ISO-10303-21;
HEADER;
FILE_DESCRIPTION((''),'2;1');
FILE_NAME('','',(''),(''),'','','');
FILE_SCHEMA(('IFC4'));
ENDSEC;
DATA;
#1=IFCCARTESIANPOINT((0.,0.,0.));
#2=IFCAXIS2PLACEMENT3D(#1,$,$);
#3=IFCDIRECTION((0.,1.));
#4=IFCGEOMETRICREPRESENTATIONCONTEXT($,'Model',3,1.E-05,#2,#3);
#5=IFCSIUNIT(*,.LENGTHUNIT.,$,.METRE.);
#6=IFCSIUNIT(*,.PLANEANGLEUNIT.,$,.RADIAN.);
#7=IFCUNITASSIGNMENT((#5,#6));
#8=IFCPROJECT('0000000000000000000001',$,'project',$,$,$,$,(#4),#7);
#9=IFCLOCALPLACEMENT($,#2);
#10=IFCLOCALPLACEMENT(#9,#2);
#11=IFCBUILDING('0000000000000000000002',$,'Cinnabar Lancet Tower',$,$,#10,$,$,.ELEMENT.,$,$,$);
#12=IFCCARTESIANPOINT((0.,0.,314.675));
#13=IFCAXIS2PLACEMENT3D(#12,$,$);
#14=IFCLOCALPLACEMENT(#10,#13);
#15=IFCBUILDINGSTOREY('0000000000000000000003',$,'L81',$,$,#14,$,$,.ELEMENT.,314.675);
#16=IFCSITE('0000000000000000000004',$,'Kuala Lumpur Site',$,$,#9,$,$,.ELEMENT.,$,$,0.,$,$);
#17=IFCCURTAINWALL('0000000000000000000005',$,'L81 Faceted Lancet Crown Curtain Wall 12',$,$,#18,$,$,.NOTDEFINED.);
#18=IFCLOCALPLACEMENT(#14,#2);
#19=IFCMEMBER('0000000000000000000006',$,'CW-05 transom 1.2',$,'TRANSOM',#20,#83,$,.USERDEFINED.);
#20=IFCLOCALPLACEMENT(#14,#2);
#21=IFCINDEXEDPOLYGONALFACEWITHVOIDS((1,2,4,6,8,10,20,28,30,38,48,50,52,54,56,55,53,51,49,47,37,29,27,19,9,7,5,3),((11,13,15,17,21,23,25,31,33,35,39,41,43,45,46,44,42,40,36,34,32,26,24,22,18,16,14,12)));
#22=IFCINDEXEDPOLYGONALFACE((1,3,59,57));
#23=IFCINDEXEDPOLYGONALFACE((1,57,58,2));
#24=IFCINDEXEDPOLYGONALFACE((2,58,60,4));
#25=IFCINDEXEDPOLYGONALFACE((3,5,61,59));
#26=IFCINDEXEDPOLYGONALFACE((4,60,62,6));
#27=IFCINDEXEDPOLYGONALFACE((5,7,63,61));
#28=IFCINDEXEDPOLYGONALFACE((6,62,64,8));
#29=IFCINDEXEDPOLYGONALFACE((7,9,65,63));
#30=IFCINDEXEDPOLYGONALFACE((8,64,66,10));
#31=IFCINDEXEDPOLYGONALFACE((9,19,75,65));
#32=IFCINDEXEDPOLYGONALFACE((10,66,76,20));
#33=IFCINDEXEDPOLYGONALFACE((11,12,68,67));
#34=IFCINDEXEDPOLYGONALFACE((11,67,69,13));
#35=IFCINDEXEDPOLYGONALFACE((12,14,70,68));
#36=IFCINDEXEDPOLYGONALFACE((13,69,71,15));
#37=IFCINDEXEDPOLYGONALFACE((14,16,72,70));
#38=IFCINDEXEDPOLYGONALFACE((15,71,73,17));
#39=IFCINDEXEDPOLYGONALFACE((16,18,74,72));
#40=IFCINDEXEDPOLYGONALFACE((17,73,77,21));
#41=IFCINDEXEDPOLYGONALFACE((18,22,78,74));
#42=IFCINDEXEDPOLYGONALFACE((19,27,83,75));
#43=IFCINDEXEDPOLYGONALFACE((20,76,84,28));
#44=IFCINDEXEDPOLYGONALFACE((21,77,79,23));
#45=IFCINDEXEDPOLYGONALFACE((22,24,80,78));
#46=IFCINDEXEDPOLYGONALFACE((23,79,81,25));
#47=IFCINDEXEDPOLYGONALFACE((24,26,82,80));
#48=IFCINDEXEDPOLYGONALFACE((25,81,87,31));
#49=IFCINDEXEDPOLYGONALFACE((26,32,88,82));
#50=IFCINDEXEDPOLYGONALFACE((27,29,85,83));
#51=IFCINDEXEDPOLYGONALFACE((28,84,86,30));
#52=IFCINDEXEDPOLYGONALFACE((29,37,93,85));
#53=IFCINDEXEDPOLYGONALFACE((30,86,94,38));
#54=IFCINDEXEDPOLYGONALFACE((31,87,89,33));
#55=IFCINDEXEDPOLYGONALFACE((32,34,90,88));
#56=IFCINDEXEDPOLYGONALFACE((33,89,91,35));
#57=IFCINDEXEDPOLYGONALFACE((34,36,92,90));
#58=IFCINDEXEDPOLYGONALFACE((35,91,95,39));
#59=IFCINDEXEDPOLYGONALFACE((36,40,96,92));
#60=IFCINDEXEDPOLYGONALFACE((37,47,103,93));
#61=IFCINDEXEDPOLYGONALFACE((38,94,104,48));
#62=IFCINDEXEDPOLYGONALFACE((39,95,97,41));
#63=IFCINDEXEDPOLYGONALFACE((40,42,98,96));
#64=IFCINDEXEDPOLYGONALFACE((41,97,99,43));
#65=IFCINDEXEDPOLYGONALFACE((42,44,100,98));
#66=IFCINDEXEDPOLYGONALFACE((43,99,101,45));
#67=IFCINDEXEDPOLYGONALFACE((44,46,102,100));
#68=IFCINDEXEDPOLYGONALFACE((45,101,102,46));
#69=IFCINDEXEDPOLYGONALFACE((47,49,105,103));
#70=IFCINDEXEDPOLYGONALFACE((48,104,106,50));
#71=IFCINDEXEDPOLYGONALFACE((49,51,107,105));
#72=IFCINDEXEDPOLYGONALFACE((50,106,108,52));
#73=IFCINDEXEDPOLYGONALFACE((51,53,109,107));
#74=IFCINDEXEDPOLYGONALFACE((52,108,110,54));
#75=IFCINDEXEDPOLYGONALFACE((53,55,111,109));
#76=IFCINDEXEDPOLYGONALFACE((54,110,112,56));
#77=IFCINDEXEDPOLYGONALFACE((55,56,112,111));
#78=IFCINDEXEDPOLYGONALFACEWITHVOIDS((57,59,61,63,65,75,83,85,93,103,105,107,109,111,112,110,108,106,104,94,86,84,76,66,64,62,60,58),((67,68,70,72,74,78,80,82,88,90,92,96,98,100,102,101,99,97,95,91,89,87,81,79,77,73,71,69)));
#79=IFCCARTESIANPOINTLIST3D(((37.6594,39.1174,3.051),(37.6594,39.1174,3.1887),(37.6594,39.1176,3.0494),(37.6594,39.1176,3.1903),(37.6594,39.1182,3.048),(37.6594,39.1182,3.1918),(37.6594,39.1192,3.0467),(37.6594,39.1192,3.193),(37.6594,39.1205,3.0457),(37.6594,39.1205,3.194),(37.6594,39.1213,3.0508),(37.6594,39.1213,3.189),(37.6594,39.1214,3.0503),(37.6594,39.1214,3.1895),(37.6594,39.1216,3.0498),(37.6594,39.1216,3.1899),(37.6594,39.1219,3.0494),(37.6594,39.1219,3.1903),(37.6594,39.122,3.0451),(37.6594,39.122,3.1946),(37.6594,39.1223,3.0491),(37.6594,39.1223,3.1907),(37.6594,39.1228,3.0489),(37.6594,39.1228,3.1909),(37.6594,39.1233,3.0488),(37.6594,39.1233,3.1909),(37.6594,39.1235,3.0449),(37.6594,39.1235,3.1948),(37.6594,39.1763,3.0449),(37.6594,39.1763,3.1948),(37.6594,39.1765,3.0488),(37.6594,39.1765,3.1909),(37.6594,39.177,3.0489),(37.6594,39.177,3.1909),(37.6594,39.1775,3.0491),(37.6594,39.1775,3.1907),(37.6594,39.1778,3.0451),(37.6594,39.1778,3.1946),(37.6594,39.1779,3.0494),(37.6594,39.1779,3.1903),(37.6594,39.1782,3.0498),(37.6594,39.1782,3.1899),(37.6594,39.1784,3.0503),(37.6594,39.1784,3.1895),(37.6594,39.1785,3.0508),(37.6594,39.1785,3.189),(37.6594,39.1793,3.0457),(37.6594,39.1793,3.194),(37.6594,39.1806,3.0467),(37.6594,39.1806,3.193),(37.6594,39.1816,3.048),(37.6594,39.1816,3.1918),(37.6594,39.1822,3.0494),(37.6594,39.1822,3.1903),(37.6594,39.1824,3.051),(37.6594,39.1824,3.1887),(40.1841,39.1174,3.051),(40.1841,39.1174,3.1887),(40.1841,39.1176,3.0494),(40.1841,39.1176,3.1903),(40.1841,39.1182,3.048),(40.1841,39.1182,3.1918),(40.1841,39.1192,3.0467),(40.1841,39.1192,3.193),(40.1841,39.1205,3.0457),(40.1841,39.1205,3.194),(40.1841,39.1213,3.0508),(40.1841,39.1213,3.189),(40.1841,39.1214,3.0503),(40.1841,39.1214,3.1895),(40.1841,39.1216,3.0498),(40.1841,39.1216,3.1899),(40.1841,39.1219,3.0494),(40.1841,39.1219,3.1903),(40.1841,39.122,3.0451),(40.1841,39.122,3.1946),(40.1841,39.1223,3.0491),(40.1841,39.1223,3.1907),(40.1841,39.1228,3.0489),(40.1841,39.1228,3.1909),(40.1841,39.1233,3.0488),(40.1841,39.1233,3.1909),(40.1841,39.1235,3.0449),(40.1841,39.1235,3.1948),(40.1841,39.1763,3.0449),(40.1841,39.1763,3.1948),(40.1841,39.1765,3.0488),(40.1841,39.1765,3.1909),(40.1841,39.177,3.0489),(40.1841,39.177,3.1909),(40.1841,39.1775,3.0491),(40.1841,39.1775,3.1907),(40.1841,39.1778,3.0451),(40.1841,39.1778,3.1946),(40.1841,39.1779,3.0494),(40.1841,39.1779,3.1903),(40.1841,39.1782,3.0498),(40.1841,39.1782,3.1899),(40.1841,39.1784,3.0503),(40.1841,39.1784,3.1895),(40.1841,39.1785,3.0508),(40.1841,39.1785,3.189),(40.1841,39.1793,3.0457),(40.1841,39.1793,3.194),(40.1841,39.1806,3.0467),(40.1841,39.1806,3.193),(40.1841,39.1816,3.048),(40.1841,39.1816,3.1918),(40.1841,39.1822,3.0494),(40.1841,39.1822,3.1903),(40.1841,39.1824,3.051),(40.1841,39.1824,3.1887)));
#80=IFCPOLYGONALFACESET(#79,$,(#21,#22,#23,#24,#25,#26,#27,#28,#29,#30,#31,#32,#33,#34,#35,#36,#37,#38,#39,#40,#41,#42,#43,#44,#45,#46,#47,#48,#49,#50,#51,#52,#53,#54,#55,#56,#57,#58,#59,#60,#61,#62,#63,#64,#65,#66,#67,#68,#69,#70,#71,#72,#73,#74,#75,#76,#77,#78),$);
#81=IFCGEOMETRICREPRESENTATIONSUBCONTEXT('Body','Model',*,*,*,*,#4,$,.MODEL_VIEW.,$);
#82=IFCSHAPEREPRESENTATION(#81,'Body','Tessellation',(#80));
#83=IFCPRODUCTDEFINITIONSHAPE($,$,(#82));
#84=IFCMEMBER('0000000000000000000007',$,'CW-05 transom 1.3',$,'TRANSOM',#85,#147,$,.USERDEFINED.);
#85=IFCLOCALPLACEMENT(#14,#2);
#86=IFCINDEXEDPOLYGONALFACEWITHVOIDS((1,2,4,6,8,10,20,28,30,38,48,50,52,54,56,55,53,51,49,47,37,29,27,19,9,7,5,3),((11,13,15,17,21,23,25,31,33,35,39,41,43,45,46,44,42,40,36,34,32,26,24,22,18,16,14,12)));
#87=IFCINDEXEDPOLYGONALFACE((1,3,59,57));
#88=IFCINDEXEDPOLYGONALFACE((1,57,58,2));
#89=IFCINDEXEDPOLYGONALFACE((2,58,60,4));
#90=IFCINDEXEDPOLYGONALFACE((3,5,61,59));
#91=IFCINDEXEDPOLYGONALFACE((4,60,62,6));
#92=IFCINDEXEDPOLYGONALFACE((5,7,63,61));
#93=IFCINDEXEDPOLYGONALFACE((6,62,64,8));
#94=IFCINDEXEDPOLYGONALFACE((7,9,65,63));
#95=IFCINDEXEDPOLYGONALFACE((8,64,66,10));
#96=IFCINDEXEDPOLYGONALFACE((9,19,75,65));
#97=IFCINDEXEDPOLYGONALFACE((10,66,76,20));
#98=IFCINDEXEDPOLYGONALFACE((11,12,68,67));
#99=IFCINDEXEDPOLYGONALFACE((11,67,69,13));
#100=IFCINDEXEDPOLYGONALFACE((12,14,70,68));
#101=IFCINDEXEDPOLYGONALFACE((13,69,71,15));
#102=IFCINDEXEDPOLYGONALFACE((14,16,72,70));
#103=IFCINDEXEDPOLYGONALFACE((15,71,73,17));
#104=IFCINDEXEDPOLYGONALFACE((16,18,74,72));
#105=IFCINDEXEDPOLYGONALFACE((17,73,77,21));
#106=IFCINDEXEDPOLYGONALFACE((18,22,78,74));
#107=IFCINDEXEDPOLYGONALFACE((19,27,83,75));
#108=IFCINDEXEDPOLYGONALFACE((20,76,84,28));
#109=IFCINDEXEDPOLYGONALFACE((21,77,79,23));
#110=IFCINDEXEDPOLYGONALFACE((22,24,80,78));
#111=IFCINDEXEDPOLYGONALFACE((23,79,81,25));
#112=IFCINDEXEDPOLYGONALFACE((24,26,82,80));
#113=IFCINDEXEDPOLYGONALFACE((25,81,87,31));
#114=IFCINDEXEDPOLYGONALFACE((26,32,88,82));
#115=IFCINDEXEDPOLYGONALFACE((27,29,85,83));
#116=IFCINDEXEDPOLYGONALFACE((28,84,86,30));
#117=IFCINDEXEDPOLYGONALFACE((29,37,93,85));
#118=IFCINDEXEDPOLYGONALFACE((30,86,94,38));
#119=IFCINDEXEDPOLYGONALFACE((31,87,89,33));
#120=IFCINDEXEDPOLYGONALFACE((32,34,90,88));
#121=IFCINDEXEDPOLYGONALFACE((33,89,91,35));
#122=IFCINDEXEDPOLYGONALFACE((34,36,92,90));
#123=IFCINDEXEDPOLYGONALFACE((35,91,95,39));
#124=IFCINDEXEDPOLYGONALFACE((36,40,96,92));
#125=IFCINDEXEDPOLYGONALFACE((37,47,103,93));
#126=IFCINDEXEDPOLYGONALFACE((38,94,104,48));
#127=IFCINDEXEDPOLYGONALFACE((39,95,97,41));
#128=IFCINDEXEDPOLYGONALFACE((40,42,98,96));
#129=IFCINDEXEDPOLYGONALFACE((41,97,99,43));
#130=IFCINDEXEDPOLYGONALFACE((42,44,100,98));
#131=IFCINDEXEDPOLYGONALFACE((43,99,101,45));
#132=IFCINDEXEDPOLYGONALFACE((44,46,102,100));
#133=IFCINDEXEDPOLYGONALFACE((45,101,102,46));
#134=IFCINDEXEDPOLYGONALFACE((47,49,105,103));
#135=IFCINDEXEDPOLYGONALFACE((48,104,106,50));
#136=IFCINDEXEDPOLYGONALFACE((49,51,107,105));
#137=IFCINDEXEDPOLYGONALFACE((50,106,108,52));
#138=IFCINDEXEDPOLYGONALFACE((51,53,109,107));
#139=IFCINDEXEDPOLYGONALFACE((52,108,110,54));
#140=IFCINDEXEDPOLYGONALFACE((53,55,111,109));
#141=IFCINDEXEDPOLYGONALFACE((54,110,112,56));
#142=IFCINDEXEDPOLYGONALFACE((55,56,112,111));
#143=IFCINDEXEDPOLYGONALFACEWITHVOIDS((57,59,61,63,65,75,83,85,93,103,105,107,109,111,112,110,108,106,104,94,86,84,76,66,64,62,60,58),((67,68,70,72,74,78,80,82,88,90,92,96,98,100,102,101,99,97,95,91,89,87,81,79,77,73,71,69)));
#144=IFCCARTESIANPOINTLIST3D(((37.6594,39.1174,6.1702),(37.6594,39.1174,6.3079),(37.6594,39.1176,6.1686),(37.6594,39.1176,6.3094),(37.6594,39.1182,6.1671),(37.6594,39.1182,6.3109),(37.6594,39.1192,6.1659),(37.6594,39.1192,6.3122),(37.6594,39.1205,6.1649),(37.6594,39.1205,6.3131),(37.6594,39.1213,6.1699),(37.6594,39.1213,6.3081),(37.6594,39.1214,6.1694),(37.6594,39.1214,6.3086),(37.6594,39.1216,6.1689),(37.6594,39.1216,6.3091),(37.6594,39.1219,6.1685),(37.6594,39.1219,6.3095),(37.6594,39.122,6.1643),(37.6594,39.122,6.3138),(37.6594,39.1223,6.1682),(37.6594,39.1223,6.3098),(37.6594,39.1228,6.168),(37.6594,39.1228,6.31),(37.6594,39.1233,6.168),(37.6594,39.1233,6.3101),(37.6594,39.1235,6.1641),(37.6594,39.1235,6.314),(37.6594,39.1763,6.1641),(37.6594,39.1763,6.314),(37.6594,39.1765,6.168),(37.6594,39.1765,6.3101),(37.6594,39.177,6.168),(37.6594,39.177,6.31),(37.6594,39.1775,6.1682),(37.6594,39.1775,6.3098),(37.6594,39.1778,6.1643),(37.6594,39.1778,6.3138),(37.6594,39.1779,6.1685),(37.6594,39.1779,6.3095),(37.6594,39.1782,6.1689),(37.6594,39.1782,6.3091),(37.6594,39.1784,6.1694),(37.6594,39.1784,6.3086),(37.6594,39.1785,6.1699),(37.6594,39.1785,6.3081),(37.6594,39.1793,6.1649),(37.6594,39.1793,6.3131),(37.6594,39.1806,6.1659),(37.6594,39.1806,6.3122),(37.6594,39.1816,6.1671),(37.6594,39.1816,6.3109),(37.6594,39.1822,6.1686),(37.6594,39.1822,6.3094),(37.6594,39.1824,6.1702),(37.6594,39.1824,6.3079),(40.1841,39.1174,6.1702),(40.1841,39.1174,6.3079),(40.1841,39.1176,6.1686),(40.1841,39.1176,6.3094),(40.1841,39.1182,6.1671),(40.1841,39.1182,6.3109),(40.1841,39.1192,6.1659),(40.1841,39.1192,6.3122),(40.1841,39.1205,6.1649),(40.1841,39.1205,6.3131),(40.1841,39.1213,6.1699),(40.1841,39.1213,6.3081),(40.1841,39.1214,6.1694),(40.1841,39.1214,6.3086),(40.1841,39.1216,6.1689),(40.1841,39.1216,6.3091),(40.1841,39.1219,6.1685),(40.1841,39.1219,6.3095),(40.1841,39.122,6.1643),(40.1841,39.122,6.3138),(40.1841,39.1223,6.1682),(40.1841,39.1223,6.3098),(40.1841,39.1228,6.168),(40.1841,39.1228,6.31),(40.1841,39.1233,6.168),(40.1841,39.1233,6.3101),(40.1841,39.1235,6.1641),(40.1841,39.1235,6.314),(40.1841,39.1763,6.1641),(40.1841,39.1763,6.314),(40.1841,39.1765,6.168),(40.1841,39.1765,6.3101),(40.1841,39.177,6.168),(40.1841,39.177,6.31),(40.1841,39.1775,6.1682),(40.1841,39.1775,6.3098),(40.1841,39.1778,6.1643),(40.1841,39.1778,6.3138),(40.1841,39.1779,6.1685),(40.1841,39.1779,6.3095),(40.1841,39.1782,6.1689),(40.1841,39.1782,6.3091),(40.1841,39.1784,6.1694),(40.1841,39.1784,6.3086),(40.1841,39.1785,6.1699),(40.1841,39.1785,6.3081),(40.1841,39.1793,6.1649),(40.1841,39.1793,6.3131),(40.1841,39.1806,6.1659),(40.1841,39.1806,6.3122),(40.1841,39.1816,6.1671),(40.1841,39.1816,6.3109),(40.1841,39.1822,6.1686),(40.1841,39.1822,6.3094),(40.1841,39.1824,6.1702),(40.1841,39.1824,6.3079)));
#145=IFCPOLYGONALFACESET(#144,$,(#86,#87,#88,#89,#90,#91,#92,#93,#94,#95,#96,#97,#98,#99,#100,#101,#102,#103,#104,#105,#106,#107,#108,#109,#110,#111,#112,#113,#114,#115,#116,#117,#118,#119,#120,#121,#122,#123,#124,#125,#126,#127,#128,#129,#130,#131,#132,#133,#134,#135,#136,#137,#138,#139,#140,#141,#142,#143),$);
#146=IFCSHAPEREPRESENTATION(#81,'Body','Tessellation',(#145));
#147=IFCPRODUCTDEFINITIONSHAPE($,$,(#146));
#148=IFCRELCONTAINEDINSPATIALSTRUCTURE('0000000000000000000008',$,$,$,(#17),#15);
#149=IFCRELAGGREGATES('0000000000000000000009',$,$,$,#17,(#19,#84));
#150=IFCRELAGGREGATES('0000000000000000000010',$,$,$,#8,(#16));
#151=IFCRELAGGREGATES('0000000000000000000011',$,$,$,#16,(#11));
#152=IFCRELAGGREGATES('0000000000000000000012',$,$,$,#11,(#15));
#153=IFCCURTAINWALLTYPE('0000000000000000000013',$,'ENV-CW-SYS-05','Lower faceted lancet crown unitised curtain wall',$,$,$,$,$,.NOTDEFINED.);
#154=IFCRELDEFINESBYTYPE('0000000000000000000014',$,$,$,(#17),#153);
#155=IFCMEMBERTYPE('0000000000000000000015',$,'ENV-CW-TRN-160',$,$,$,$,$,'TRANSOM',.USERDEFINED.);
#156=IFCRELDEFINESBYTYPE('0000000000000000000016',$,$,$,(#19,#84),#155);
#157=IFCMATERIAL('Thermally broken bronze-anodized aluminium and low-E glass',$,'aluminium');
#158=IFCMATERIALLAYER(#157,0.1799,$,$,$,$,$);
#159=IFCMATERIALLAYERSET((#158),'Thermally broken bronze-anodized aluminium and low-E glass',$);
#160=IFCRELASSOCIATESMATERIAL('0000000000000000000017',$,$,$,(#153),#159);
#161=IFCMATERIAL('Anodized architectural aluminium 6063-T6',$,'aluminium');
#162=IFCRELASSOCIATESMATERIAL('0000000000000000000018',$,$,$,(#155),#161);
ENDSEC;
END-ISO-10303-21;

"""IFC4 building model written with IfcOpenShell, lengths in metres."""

from ifc_helpers import new_model, si_unit, direction, frame, origin, origin_2d, place, context, subcontext, project, spatial, hollow_rectangle, extrude, material, layer, layer_set, material_profile, profile_set, type_object, element, aggregate, save


model = new_model("IFC4")

# Units and contexts
model_context = context("Model", 3, precision=1e-05, world=origin(), true_north=direction((0.0, 1.0)))
body_context = subcontext(model_context, "Body", "Model", "MODEL_VIEW")
ifc_project = project(units=[si_unit("LENGTHUNIT", "METRE"), si_unit("PLANEANGLEUNIT", "RADIAN")], contexts=[model_context])

# Site, building, storey
site_placement = place(None, origin())
site = spatial("IfcSite", under=ifc_project, at=site_placement, Name="Kuala Lumpur Site", CompositionType="ELEMENT", RefElevation=0.0)
building_placement = place(site_placement, origin())
building = spatial("IfcBuilding", under=site, at=building_placement, Name="Cinnabar Lancet Tower", CompositionType="ELEMENT")
storey_placement = place(building_placement, frame((0.0, 0.0, 314.675)))
storey = spatial("IfcBuildingStorey", under=building, at=storey_placement, Name="L81", CompositionType="ELEMENT", Elevation=314.675)

# Shared definitions
ifc_material_1 = material(Name="Thermally broken bronze-anodized aluminium and low-E glass", Category="aluminium")
ifc_layer_1 = layer(ifc_material_1, 0.1799)
ifc_layer_set_1 = layer_set([ifc_layer_1], Name="Thermally broken bronze-anodized aluminium and low-E glass")
curtain_wall_type = type_object("IfcCurtainWallType", Name="ENV-CW-SYS-05", Description="Lower faceted lancet crown unitised curtain wall", PredefinedType="NOTDEFINED", material=ifc_layer_set_1)

# Curtain wall, members
curtain_wall_1_placement = place(storey_placement, origin())
curtain_wall_1 = element("IfcCurtainWall", 1, at=curtain_wall_1_placement, inside=storey, type_object=curtain_wall_type, Name="L81 Faceted Lancet Crown Curtain Wall 12", PredefinedType="NOTDEFINED")
ifc_material_2 = material(Name="Anodized architectural aluminium 6063-T6", Category="aluminium")
ifc_material_profile_1 = material_profile(ifc_material_2, hollow_rectangle(XDim=0.0649, YDim=0.1499, WallThickness=0.0039, InnerFilletRadius=0.002, OuterFilletRadius=0.0061, at=origin_2d()), Name="CW-TRN 150x65x4")
ifc_profile_set_1 = profile_set([ifc_material_profile_1], Name="Anodized architectural aluminium 6063-T6")
member_type_1 = type_object("IfcMemberType", Name="ENV-CW-TRN-160", ElementType="TRANSOM", PredefinedType="USERDEFINED", material=ifc_profile_set_1)
member_1_placement = place(storey_placement, frame((40.1841, 39.1499, 3.1199), z_axis=(-1.0, 0.0, 0.0), x_axis=(0.0, -1.0, 0.0)))
member_1 = element("IfcMember", 2, at=member_1_placement, type_object=member_type_1, Name="CW-05 transom 1.2", ObjectType="TRANSOM", PredefinedType="USERDEFINED", context=body_context, shape_type="SweptSolid", body=[
    extrude(hollow_rectangle(XDim=0.0649, YDim=0.1499, WallThickness=0.0039, InnerFilletRadius=0.002, OuterFilletRadius=0.0061, at=origin_2d()), origin(), (0.0, 0.0, 1.0), 2.5247),
])
member_2_placement = place(storey_placement, frame((40.1841, 39.1499, 6.239), z_axis=(-1.0, 0.0, 0.0), x_axis=(0.0, -1.0, 0.0)))
member_2 = element("IfcMember", 3, at=member_2_placement, type_object=member_type_1, Name="CW-05 transom 1.3", ObjectType="TRANSOM", PredefinedType="USERDEFINED", context=body_context, shape_type="SweptSolid", body=[
    extrude(hollow_rectangle(XDim=0.0649, YDim=0.1499, WallThickness=0.0039, InnerFilletRadius=0.002, OuterFilletRadius=0.0061, at=origin_2d()), origin(), (0.0, 0.0, 1.0), 2.5247),
])

aggregate(curtain_wall_1, [member_1, member_2])

save(model, "model.ifc")
